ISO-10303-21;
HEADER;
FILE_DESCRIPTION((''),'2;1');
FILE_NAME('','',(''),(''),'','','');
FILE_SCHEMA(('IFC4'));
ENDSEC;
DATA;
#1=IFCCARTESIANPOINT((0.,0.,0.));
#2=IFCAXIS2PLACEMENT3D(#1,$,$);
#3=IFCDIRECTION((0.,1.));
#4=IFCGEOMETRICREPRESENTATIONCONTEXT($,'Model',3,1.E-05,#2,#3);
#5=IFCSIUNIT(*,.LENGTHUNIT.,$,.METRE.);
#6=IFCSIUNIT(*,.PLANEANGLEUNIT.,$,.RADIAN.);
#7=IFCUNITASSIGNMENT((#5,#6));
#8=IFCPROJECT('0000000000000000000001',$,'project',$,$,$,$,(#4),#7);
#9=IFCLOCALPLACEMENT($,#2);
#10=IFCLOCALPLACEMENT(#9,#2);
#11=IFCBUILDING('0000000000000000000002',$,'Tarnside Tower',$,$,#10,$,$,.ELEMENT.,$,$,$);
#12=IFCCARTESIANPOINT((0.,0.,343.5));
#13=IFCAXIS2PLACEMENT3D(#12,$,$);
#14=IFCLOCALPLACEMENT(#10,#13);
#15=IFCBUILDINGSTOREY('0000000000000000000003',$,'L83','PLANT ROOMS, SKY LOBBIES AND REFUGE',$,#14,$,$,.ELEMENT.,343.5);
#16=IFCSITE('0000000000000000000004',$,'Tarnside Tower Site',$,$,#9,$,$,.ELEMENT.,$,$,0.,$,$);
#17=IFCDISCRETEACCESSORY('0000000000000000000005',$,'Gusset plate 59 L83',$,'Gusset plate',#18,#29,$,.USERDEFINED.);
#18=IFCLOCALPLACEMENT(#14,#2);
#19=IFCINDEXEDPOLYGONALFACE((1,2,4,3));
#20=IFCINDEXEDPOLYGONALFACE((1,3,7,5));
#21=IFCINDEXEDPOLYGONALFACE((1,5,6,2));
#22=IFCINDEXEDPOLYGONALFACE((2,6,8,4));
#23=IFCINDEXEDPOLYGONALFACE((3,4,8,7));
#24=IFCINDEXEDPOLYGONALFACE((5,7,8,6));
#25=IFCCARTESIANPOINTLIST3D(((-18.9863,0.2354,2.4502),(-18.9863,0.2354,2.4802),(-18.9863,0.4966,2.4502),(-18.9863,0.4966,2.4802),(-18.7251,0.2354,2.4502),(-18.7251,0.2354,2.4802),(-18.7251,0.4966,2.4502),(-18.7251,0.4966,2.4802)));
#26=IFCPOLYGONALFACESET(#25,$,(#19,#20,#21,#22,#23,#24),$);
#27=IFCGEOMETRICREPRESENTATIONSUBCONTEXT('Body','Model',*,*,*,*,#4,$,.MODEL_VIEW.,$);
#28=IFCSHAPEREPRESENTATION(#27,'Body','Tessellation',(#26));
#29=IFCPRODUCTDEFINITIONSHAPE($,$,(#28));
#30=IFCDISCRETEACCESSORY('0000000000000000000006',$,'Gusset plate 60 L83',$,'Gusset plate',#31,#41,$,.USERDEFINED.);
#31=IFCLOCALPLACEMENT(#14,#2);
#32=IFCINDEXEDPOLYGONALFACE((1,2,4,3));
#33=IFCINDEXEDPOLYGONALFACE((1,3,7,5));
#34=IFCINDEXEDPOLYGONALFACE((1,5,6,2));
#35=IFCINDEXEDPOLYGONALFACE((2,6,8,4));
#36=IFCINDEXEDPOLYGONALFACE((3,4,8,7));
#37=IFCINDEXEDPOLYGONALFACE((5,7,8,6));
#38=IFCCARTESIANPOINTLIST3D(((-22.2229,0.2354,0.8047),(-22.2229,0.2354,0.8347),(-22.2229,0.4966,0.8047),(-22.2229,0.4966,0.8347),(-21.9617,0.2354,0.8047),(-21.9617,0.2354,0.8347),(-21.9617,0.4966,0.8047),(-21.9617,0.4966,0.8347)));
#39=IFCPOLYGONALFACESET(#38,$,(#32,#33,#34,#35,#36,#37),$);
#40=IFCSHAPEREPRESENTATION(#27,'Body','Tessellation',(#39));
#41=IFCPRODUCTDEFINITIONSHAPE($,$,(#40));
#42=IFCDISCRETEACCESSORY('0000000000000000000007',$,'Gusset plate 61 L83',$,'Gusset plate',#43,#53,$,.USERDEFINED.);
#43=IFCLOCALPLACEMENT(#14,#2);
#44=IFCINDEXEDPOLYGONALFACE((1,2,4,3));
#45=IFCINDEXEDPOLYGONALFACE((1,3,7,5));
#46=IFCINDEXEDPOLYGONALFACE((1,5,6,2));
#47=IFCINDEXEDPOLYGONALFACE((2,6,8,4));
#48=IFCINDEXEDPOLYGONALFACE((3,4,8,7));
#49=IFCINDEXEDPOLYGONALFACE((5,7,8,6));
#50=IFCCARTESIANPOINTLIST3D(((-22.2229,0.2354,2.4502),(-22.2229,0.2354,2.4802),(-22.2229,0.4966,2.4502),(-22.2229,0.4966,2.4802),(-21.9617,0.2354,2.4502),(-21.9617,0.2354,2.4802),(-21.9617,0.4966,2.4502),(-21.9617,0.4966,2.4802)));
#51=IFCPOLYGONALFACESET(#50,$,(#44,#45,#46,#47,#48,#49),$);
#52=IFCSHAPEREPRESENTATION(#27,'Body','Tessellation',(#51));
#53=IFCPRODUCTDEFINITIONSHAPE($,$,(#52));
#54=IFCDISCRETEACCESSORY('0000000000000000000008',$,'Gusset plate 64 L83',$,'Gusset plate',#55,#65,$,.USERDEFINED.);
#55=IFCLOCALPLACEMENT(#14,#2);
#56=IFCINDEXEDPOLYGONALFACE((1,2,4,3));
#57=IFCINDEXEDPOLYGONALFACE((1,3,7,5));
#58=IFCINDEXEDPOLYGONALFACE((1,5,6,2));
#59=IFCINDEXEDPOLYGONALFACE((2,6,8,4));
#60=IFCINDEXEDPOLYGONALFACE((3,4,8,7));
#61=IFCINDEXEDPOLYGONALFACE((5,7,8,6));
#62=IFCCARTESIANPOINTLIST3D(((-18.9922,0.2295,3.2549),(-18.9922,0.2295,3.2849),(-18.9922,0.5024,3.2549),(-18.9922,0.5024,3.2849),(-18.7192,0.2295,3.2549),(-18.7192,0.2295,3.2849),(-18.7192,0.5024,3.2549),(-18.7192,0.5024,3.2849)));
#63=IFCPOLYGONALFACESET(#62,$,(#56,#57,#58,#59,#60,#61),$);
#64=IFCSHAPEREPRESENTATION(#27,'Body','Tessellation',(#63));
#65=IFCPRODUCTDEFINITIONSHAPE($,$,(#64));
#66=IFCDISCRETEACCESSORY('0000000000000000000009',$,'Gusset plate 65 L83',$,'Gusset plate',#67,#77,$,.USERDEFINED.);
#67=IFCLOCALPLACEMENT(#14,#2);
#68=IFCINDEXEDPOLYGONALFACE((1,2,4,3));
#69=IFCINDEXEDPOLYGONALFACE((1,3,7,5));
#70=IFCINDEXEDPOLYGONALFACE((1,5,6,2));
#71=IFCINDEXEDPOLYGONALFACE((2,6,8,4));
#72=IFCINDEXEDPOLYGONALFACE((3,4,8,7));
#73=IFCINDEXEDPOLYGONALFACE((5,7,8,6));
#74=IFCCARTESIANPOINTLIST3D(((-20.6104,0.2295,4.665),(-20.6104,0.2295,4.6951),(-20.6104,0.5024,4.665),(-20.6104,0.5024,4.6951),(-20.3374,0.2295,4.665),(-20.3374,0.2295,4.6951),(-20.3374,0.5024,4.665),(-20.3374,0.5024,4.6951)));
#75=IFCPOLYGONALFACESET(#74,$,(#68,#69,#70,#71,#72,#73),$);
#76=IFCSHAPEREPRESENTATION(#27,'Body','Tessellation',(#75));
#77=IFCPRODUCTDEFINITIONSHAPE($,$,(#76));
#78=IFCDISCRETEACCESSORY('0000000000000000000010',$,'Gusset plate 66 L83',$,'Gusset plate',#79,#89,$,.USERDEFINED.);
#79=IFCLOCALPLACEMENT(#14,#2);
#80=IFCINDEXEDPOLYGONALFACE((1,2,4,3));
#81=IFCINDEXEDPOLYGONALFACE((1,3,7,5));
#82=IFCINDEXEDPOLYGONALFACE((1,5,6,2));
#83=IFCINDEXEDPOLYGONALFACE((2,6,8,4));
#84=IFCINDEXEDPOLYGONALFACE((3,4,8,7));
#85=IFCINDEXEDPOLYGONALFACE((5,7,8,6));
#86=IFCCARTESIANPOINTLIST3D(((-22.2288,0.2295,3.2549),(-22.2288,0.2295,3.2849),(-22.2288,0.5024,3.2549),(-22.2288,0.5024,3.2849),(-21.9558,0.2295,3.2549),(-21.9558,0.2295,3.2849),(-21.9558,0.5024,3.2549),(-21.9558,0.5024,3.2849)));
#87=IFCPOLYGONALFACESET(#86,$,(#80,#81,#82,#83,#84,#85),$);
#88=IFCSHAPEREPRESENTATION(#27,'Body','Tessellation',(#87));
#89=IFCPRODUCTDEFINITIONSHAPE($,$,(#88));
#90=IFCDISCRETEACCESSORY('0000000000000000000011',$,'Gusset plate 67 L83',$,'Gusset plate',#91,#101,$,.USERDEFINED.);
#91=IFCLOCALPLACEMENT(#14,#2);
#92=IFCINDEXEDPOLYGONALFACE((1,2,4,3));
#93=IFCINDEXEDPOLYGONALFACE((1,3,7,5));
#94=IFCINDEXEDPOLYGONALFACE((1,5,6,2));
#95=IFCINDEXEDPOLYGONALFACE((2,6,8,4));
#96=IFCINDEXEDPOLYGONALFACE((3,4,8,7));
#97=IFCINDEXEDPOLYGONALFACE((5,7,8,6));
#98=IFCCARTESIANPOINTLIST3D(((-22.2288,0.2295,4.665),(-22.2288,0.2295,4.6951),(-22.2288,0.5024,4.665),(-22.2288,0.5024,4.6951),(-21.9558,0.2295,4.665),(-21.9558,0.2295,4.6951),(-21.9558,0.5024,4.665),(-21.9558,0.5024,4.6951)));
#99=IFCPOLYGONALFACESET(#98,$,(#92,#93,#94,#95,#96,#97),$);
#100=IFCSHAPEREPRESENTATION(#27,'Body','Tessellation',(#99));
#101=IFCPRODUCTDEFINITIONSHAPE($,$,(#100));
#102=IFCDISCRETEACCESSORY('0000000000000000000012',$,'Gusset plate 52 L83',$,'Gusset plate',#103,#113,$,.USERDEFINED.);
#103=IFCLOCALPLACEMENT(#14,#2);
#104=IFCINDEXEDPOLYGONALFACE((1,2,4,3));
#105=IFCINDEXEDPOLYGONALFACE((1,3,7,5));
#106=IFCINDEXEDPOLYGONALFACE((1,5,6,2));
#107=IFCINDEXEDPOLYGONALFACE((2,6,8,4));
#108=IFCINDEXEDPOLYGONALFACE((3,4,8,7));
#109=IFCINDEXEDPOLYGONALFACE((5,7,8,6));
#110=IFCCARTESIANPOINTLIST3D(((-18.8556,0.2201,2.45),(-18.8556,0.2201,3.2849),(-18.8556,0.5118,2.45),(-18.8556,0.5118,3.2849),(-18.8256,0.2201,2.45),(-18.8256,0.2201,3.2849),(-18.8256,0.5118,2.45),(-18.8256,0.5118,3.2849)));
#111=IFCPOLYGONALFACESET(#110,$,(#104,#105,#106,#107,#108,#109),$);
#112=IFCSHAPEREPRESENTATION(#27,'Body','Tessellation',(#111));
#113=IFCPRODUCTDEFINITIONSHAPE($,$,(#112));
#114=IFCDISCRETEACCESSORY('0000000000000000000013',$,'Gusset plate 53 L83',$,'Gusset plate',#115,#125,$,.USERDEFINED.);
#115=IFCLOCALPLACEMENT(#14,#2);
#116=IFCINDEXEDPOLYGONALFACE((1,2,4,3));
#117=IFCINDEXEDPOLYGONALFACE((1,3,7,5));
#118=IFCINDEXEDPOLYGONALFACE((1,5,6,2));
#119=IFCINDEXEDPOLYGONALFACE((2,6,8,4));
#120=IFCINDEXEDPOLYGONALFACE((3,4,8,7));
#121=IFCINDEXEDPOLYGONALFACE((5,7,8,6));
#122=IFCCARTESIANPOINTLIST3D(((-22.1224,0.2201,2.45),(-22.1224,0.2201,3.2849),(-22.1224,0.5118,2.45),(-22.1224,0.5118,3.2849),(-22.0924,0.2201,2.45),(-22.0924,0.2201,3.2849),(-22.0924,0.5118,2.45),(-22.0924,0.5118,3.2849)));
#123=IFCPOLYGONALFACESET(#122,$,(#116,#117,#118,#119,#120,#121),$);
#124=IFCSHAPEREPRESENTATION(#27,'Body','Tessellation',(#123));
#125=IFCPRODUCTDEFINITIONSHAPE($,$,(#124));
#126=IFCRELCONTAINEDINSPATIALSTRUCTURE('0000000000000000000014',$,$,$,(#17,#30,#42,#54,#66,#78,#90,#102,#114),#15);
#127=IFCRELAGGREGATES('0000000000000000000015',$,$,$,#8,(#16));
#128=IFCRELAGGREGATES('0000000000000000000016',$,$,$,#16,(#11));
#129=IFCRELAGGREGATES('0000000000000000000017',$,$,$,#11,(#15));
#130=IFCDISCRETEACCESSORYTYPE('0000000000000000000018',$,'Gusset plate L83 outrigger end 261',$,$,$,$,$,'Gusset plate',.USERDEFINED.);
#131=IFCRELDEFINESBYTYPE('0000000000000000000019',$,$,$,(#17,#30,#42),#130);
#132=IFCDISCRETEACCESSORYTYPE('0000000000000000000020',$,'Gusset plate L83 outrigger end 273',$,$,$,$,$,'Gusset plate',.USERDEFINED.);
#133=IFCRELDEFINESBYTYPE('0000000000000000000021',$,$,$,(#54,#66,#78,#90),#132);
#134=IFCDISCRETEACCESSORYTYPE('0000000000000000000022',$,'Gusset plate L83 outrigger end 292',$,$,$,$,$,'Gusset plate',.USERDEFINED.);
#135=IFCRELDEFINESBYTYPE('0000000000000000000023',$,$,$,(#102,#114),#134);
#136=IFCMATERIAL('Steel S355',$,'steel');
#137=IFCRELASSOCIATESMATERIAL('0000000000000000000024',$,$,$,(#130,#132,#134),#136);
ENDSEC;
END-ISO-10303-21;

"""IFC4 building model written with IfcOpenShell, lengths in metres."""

from ifc_helpers import new_model, si_unit, direction, frame, origin, origin_2d, place, context, subcontext, project, spatial, rectangle, extrude, material, type_object, element, save


model = new_model("IFC4")

# Units and contexts
model_context = context("Model", 3, precision=1e-05, world=origin(), true_north=direction((0.0, 1.0)))
body_context = subcontext(model_context, "Body", "Model", "MODEL_VIEW")
ifc_project = project(units=[si_unit("LENGTHUNIT", "METRE"), si_unit("PLANEANGLEUNIT", "RADIAN")], contexts=[model_context])

# Site, building, storey
site_placement = place(None, origin())
site = spatial("IfcSite", under=ifc_project, at=site_placement, Name="Tarnside Tower Site", CompositionType="ELEMENT", RefElevation=0.0)
building_placement = place(site_placement, origin())
building = spatial("IfcBuilding", under=site, at=building_placement, Name="Tarnside Tower", CompositionType="ELEMENT")
storey_placement = place(building_placement, frame((0.0, 0.0, 343.5)))
storey = spatial("IfcBuildingStorey", under=building, at=storey_placement, Name="L83", Description="PLANT ROOMS, SKY LOBBIES AND REFUGE", CompositionType="ELEMENT", Elevation=343.5)

# Shared definitions
ifc_material_1 = material(Name="Steel S355", Category="steel")

# Discrete accessories
discrete_accessory_type_1 = type_object("IfcDiscreteAccessoryType", Name="Gusset plate L83 outrigger end 261", ElementType="Gusset plate", PredefinedType="USERDEFINED", material=ifc_material_1)
for number, where, z_axis, x_axis, name in (
    (1, (-18.8557, 0.366, 2.4502), (0.0, 0.0, 1.0), (1.0, 0.0, 0.0), "Gusset plate 59 L83"),
    (2, (-22.0923, 0.366, 0.8047), (0.0, 0.0, 1.0), (1.0, 0.0, 0.0), "Gusset plate 60 L83"),
    (3, (-22.0923, 0.366, 2.4502), (0.0, 0.0, 1.0), (1.0, 0.0, 0.0), "Gusset plate 61 L83"),
):
    element("IfcDiscreteAccessory", number, at=place(storey_placement, frame(where, z_axis=z_axis, x_axis=x_axis)), inside=storey, type_object=discrete_accessory_type_1, Name=name, ObjectType="Gusset plate", PredefinedType="USERDEFINED", context=body_context, shape_type="SweptSolid", body=[
        extrude(rectangle(XDim=0.2612, YDim=0.2612, at=origin_2d()), origin(), (0.0, 0.0, 1.0), 0.03),
    ])
discrete_accessory_type_2 = type_object("IfcDiscreteAccessoryType", Name="Gusset plate L83 outrigger end 273", ElementType="Gusset plate", PredefinedType="USERDEFINED", material=ifc_material_1)
for number, where, z_axis, x_axis, name in (
    (4, (-18.8557, 0.366, 3.2549), (0.0, 0.0, 1.0), (1.0, 0.0, 0.0), "Gusset plate 64 L83"),
    (5, (-20.4739, 0.366, 4.665), (0.0, 0.0, 1.0), (1.0, 0.0, 0.0), "Gusset plate 65 L83"),
    (6, (-22.0923, 0.366, 3.2549), (0.0, 0.0, 1.0), (1.0, 0.0, 0.0), "Gusset plate 66 L83"),
    (7, (-22.0923, 0.366, 4.665), (0.0, 0.0, 1.0), (1.0, 0.0, 0.0), "Gusset plate 67 L83"),
):
    element("IfcDiscreteAccessory", number, at=place(storey_placement, frame(where, z_axis=z_axis, x_axis=x_axis)), inside=storey, type_object=discrete_accessory_type_2, Name=name, ObjectType="Gusset plate", PredefinedType="USERDEFINED", context=body_context, shape_type="SweptSolid", body=[
        extrude(rectangle(XDim=0.2729, YDim=0.2729, at=origin_2d()), origin(), (0.0, 0.0, 1.0), 0.03),
    ])
discrete_accessory_type_3 = type_object("IfcDiscreteAccessoryType", Name="Gusset plate L83 outrigger end 292", ElementType="Gusset plate", PredefinedType="USERDEFINED", material=ifc_material_1)
for number, where, z_axis, x_axis, name in (
    (8, (-18.8406, 0.366, 2.45), (0.0, 0.0, 1.0), (1.0, 0.0, 0.0), "Gusset plate 52 L83"),
    (9, (-22.1074, 0.366, 2.45), (0.0, 0.0, 1.0), (-1.0, 0.0, 0.0), "Gusset plate 53 L83"),
):
    element("IfcDiscreteAccessory", number, at=place(storey_placement, frame(where, z_axis=z_axis, x_axis=x_axis)), inside=storey, type_object=discrete_accessory_type_3, Name=name, ObjectType="Gusset plate", PredefinedType="USERDEFINED", context=body_context, shape_type="SweptSolid", body=[
        extrude(rectangle(XDim=0.03, YDim=0.2917, at=origin_2d()), origin(), (0.0, 0.0, 1.0), 0.835),
    ])

save(model, "model.ifc")
